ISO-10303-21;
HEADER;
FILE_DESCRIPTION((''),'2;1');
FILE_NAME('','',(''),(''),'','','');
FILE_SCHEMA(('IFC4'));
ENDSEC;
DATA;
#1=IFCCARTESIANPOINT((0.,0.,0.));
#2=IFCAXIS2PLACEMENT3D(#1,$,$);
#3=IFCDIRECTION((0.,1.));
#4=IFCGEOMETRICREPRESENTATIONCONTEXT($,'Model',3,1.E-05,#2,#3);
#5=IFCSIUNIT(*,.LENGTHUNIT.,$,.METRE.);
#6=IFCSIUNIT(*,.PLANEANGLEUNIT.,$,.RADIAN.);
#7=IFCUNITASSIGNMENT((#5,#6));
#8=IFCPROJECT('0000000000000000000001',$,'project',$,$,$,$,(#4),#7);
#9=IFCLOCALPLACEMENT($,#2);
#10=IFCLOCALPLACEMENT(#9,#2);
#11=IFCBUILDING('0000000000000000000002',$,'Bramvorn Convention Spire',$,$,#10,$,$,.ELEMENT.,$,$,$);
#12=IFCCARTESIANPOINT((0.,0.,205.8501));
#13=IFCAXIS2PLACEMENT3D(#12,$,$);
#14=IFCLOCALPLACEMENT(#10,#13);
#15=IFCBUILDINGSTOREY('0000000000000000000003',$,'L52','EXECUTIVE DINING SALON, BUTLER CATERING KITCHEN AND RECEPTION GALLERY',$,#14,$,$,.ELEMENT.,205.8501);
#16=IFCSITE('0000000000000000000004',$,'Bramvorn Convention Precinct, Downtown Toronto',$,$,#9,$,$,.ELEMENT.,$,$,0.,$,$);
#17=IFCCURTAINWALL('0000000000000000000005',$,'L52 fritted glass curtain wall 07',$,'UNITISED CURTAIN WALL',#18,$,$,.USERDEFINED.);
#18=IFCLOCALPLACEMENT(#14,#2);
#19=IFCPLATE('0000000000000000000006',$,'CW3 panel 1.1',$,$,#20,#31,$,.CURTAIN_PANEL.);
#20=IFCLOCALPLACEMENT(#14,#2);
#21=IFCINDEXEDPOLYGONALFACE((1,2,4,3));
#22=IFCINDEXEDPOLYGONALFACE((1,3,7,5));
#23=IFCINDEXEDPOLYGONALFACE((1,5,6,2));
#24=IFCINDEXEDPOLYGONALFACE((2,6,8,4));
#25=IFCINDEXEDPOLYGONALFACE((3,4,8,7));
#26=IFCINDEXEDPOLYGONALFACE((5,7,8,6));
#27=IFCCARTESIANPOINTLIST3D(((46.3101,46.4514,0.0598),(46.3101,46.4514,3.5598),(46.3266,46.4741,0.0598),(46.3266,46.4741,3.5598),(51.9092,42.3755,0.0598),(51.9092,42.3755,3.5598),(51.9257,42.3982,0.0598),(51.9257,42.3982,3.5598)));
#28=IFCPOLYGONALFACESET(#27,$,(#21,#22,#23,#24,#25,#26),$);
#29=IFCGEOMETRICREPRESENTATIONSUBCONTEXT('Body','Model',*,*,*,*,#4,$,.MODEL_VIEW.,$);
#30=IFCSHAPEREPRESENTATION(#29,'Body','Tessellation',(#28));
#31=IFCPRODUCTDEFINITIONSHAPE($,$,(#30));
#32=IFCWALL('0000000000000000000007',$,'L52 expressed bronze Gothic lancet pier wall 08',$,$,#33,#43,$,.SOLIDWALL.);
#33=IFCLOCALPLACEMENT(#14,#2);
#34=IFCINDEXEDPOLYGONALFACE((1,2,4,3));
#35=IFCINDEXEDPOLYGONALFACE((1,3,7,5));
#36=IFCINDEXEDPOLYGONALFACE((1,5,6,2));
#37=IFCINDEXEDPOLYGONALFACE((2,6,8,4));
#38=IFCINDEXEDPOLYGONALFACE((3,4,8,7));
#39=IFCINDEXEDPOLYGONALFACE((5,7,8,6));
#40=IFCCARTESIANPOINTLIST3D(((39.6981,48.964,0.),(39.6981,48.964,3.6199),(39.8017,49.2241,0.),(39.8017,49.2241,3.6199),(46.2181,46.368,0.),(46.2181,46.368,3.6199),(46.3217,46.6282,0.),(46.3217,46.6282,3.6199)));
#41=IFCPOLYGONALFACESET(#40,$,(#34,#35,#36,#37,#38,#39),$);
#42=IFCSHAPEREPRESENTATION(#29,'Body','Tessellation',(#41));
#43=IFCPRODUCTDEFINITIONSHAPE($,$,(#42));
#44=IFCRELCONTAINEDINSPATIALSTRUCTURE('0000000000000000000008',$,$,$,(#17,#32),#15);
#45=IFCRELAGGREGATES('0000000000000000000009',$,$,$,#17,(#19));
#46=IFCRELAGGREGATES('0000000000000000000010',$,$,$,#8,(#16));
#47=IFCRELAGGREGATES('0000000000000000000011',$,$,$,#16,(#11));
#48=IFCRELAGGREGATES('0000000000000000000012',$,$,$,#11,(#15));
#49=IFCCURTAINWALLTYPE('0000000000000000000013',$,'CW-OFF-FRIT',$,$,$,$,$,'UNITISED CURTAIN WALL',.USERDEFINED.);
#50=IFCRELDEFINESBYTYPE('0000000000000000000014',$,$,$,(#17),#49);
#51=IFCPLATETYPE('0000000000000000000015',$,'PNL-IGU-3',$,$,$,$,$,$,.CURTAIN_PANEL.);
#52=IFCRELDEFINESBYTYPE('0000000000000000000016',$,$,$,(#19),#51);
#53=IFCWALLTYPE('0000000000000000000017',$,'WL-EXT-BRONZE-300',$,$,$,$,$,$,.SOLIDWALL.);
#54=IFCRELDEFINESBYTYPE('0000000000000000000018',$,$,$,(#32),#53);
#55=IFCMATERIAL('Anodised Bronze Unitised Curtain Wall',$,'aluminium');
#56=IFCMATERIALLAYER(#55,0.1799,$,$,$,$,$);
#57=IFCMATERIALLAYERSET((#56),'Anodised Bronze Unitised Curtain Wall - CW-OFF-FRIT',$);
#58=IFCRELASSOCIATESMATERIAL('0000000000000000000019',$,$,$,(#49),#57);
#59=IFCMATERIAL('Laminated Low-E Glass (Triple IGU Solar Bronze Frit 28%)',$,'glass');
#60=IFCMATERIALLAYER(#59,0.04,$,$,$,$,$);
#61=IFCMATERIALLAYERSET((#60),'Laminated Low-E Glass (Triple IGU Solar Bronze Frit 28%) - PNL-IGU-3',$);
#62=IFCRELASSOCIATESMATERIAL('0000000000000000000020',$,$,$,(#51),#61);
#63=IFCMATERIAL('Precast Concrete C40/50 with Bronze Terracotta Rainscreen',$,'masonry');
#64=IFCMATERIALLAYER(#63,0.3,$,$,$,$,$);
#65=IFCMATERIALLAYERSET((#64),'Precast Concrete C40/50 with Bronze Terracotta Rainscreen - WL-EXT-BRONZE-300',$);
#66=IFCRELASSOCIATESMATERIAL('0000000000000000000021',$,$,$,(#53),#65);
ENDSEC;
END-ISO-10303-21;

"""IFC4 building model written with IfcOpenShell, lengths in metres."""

from ifc_helpers import new_model, si_unit, direction, frame, frame_2d, origin, origin_2d, place, context, subcontext, project, spatial, rectangle, extrude, material, layer, layer_set, type_object, element, aggregate, save


model = new_model("IFC4")

# Units and contexts
model_context = context("Model", 3, precision=1e-05, world=origin(), true_north=direction((0.0, 1.0)))
body_context = subcontext(model_context, "Body", "Model", "MODEL_VIEW")
ifc_project = project(units=[si_unit("LENGTHUNIT", "METRE"), si_unit("PLANEANGLEUNIT", "RADIAN")], contexts=[model_context])

# Site, building, storey
site_placement = place(None, origin())
site = spatial("IfcSite", under=ifc_project, at=site_placement, Name="Bramvorn Convention Precinct, Downtown Toronto", CompositionType="ELEMENT", RefElevation=0.0)
building_placement = place(site_placement, origin())
building = spatial("IfcBuilding", under=site, at=building_placement, Name="Bramvorn Convention Spire", CompositionType="ELEMENT")
storey_placement = place(building_placement, frame((0.0, 0.0, 205.8501)))
storey = spatial("IfcBuildingStorey", under=building, at=storey_placement, Name="L52", Description="EXECUTIVE DINING SALON, BUTLER CATERING KITCHEN AND RECEPTION GALLERY", CompositionType="ELEMENT", Elevation=205.8501)

# Curtain wall
ifc_material_1 = material(Name="Anodised Bronze Unitised Curtain Wall", Category="aluminium")
ifc_layer_1 = layer(ifc_material_1, 0.1799)
ifc_layer_set_1 = layer_set([ifc_layer_1], Name="Anodised Bronze Unitised Curtain Wall - CW-OFF-FRIT")
curtain_wall_type = type_object("IfcCurtainWallType", Name="CW-OFF-FRIT", ElementType="UNITISED CURTAIN WALL", PredefinedType="USERDEFINED", material=ifc_layer_set_1)
curtain_wall_1_placement = place(storey_placement, origin())
curtain_wall_1 = element("IfcCurtainWall", 1, at=curtain_wall_1_placement, inside=storey, type_object=curtain_wall_type, Name="L52 fritted glass curtain wall 07", ObjectType="UNITISED CURTAIN WALL", PredefinedType="USERDEFINED")

# Plate
ifc_material_2 = material(Name="Laminated Low-E Glass (Triple IGU Solar Bronze Frit 28%)", Category="glass")
ifc_layer_2 = layer(ifc_material_2, 0.04)
ifc_layer_set_2 = layer_set([ifc_layer_2], Name="Laminated Low-E Glass (Triple IGU Solar Bronze Frit 28%) - PNL-IGU-3")
plate_type = type_object("IfcPlateType", Name="PNL-IGU-3", PredefinedType="CURTAIN_PANEL", material=ifc_layer_set_2)
plate_1_placement = place(storey_placement, frame((49.1179, 44.4248, 0.0598), z_axis=(0.0, 0.0, 1.0), x_axis=(0.808467, -0.588541, 0.0)))
plate_1 = element("IfcPlate", 2, at=plate_1_placement, type_object=plate_type, Name="CW3 panel 1.1", PredefinedType="CURTAIN_PANEL", context=body_context, shape_type="SweptSolid", body=[
    extrude(rectangle(XDim=6.9255, YDim=0.0281, at=origin_2d()), origin(), (0.0, 0.0, 1.0), 3.5),
])
aggregate(curtain_wall_1, [plate_1])

# Wall
ifc_material_3 = material(Name="Precast Concrete C40/50 with Bronze Terracotta Rainscreen", Category="masonry")
ifc_layer_3 = layer(ifc_material_3, 0.3)
ifc_layer_set_3 = layer_set([ifc_layer_3], Name="Precast Concrete C40/50 with Bronze Terracotta Rainscreen - WL-EXT-BRONZE-300")
wall_type = type_object("IfcWallType", Name="WL-EXT-BRONZE-300", PredefinedType="SOLIDWALL", material=ifc_layer_set_3)
wall_placement = place(storey_placement, frame((39.75, 49.094, 0.0), z_axis=(0.0, 0.0, 1.0), x_axis=(0.929068, -0.369909, 0.0)))
element("IfcWall", 3, at=wall_placement, inside=storey, type_object=wall_type, Name="L52 expressed bronze Gothic lancet pier wall 08", PredefinedType="SOLIDWALL", context=body_context, shape_type="SweptSolid", body=[
    extrude(rectangle(XDim=7.0178, YDim=0.28, at=frame_2d((3.5088, 0.0))), origin(), (0.0, 0.0, 1.0), 3.6199),
])

save(model, "model.ifc")
